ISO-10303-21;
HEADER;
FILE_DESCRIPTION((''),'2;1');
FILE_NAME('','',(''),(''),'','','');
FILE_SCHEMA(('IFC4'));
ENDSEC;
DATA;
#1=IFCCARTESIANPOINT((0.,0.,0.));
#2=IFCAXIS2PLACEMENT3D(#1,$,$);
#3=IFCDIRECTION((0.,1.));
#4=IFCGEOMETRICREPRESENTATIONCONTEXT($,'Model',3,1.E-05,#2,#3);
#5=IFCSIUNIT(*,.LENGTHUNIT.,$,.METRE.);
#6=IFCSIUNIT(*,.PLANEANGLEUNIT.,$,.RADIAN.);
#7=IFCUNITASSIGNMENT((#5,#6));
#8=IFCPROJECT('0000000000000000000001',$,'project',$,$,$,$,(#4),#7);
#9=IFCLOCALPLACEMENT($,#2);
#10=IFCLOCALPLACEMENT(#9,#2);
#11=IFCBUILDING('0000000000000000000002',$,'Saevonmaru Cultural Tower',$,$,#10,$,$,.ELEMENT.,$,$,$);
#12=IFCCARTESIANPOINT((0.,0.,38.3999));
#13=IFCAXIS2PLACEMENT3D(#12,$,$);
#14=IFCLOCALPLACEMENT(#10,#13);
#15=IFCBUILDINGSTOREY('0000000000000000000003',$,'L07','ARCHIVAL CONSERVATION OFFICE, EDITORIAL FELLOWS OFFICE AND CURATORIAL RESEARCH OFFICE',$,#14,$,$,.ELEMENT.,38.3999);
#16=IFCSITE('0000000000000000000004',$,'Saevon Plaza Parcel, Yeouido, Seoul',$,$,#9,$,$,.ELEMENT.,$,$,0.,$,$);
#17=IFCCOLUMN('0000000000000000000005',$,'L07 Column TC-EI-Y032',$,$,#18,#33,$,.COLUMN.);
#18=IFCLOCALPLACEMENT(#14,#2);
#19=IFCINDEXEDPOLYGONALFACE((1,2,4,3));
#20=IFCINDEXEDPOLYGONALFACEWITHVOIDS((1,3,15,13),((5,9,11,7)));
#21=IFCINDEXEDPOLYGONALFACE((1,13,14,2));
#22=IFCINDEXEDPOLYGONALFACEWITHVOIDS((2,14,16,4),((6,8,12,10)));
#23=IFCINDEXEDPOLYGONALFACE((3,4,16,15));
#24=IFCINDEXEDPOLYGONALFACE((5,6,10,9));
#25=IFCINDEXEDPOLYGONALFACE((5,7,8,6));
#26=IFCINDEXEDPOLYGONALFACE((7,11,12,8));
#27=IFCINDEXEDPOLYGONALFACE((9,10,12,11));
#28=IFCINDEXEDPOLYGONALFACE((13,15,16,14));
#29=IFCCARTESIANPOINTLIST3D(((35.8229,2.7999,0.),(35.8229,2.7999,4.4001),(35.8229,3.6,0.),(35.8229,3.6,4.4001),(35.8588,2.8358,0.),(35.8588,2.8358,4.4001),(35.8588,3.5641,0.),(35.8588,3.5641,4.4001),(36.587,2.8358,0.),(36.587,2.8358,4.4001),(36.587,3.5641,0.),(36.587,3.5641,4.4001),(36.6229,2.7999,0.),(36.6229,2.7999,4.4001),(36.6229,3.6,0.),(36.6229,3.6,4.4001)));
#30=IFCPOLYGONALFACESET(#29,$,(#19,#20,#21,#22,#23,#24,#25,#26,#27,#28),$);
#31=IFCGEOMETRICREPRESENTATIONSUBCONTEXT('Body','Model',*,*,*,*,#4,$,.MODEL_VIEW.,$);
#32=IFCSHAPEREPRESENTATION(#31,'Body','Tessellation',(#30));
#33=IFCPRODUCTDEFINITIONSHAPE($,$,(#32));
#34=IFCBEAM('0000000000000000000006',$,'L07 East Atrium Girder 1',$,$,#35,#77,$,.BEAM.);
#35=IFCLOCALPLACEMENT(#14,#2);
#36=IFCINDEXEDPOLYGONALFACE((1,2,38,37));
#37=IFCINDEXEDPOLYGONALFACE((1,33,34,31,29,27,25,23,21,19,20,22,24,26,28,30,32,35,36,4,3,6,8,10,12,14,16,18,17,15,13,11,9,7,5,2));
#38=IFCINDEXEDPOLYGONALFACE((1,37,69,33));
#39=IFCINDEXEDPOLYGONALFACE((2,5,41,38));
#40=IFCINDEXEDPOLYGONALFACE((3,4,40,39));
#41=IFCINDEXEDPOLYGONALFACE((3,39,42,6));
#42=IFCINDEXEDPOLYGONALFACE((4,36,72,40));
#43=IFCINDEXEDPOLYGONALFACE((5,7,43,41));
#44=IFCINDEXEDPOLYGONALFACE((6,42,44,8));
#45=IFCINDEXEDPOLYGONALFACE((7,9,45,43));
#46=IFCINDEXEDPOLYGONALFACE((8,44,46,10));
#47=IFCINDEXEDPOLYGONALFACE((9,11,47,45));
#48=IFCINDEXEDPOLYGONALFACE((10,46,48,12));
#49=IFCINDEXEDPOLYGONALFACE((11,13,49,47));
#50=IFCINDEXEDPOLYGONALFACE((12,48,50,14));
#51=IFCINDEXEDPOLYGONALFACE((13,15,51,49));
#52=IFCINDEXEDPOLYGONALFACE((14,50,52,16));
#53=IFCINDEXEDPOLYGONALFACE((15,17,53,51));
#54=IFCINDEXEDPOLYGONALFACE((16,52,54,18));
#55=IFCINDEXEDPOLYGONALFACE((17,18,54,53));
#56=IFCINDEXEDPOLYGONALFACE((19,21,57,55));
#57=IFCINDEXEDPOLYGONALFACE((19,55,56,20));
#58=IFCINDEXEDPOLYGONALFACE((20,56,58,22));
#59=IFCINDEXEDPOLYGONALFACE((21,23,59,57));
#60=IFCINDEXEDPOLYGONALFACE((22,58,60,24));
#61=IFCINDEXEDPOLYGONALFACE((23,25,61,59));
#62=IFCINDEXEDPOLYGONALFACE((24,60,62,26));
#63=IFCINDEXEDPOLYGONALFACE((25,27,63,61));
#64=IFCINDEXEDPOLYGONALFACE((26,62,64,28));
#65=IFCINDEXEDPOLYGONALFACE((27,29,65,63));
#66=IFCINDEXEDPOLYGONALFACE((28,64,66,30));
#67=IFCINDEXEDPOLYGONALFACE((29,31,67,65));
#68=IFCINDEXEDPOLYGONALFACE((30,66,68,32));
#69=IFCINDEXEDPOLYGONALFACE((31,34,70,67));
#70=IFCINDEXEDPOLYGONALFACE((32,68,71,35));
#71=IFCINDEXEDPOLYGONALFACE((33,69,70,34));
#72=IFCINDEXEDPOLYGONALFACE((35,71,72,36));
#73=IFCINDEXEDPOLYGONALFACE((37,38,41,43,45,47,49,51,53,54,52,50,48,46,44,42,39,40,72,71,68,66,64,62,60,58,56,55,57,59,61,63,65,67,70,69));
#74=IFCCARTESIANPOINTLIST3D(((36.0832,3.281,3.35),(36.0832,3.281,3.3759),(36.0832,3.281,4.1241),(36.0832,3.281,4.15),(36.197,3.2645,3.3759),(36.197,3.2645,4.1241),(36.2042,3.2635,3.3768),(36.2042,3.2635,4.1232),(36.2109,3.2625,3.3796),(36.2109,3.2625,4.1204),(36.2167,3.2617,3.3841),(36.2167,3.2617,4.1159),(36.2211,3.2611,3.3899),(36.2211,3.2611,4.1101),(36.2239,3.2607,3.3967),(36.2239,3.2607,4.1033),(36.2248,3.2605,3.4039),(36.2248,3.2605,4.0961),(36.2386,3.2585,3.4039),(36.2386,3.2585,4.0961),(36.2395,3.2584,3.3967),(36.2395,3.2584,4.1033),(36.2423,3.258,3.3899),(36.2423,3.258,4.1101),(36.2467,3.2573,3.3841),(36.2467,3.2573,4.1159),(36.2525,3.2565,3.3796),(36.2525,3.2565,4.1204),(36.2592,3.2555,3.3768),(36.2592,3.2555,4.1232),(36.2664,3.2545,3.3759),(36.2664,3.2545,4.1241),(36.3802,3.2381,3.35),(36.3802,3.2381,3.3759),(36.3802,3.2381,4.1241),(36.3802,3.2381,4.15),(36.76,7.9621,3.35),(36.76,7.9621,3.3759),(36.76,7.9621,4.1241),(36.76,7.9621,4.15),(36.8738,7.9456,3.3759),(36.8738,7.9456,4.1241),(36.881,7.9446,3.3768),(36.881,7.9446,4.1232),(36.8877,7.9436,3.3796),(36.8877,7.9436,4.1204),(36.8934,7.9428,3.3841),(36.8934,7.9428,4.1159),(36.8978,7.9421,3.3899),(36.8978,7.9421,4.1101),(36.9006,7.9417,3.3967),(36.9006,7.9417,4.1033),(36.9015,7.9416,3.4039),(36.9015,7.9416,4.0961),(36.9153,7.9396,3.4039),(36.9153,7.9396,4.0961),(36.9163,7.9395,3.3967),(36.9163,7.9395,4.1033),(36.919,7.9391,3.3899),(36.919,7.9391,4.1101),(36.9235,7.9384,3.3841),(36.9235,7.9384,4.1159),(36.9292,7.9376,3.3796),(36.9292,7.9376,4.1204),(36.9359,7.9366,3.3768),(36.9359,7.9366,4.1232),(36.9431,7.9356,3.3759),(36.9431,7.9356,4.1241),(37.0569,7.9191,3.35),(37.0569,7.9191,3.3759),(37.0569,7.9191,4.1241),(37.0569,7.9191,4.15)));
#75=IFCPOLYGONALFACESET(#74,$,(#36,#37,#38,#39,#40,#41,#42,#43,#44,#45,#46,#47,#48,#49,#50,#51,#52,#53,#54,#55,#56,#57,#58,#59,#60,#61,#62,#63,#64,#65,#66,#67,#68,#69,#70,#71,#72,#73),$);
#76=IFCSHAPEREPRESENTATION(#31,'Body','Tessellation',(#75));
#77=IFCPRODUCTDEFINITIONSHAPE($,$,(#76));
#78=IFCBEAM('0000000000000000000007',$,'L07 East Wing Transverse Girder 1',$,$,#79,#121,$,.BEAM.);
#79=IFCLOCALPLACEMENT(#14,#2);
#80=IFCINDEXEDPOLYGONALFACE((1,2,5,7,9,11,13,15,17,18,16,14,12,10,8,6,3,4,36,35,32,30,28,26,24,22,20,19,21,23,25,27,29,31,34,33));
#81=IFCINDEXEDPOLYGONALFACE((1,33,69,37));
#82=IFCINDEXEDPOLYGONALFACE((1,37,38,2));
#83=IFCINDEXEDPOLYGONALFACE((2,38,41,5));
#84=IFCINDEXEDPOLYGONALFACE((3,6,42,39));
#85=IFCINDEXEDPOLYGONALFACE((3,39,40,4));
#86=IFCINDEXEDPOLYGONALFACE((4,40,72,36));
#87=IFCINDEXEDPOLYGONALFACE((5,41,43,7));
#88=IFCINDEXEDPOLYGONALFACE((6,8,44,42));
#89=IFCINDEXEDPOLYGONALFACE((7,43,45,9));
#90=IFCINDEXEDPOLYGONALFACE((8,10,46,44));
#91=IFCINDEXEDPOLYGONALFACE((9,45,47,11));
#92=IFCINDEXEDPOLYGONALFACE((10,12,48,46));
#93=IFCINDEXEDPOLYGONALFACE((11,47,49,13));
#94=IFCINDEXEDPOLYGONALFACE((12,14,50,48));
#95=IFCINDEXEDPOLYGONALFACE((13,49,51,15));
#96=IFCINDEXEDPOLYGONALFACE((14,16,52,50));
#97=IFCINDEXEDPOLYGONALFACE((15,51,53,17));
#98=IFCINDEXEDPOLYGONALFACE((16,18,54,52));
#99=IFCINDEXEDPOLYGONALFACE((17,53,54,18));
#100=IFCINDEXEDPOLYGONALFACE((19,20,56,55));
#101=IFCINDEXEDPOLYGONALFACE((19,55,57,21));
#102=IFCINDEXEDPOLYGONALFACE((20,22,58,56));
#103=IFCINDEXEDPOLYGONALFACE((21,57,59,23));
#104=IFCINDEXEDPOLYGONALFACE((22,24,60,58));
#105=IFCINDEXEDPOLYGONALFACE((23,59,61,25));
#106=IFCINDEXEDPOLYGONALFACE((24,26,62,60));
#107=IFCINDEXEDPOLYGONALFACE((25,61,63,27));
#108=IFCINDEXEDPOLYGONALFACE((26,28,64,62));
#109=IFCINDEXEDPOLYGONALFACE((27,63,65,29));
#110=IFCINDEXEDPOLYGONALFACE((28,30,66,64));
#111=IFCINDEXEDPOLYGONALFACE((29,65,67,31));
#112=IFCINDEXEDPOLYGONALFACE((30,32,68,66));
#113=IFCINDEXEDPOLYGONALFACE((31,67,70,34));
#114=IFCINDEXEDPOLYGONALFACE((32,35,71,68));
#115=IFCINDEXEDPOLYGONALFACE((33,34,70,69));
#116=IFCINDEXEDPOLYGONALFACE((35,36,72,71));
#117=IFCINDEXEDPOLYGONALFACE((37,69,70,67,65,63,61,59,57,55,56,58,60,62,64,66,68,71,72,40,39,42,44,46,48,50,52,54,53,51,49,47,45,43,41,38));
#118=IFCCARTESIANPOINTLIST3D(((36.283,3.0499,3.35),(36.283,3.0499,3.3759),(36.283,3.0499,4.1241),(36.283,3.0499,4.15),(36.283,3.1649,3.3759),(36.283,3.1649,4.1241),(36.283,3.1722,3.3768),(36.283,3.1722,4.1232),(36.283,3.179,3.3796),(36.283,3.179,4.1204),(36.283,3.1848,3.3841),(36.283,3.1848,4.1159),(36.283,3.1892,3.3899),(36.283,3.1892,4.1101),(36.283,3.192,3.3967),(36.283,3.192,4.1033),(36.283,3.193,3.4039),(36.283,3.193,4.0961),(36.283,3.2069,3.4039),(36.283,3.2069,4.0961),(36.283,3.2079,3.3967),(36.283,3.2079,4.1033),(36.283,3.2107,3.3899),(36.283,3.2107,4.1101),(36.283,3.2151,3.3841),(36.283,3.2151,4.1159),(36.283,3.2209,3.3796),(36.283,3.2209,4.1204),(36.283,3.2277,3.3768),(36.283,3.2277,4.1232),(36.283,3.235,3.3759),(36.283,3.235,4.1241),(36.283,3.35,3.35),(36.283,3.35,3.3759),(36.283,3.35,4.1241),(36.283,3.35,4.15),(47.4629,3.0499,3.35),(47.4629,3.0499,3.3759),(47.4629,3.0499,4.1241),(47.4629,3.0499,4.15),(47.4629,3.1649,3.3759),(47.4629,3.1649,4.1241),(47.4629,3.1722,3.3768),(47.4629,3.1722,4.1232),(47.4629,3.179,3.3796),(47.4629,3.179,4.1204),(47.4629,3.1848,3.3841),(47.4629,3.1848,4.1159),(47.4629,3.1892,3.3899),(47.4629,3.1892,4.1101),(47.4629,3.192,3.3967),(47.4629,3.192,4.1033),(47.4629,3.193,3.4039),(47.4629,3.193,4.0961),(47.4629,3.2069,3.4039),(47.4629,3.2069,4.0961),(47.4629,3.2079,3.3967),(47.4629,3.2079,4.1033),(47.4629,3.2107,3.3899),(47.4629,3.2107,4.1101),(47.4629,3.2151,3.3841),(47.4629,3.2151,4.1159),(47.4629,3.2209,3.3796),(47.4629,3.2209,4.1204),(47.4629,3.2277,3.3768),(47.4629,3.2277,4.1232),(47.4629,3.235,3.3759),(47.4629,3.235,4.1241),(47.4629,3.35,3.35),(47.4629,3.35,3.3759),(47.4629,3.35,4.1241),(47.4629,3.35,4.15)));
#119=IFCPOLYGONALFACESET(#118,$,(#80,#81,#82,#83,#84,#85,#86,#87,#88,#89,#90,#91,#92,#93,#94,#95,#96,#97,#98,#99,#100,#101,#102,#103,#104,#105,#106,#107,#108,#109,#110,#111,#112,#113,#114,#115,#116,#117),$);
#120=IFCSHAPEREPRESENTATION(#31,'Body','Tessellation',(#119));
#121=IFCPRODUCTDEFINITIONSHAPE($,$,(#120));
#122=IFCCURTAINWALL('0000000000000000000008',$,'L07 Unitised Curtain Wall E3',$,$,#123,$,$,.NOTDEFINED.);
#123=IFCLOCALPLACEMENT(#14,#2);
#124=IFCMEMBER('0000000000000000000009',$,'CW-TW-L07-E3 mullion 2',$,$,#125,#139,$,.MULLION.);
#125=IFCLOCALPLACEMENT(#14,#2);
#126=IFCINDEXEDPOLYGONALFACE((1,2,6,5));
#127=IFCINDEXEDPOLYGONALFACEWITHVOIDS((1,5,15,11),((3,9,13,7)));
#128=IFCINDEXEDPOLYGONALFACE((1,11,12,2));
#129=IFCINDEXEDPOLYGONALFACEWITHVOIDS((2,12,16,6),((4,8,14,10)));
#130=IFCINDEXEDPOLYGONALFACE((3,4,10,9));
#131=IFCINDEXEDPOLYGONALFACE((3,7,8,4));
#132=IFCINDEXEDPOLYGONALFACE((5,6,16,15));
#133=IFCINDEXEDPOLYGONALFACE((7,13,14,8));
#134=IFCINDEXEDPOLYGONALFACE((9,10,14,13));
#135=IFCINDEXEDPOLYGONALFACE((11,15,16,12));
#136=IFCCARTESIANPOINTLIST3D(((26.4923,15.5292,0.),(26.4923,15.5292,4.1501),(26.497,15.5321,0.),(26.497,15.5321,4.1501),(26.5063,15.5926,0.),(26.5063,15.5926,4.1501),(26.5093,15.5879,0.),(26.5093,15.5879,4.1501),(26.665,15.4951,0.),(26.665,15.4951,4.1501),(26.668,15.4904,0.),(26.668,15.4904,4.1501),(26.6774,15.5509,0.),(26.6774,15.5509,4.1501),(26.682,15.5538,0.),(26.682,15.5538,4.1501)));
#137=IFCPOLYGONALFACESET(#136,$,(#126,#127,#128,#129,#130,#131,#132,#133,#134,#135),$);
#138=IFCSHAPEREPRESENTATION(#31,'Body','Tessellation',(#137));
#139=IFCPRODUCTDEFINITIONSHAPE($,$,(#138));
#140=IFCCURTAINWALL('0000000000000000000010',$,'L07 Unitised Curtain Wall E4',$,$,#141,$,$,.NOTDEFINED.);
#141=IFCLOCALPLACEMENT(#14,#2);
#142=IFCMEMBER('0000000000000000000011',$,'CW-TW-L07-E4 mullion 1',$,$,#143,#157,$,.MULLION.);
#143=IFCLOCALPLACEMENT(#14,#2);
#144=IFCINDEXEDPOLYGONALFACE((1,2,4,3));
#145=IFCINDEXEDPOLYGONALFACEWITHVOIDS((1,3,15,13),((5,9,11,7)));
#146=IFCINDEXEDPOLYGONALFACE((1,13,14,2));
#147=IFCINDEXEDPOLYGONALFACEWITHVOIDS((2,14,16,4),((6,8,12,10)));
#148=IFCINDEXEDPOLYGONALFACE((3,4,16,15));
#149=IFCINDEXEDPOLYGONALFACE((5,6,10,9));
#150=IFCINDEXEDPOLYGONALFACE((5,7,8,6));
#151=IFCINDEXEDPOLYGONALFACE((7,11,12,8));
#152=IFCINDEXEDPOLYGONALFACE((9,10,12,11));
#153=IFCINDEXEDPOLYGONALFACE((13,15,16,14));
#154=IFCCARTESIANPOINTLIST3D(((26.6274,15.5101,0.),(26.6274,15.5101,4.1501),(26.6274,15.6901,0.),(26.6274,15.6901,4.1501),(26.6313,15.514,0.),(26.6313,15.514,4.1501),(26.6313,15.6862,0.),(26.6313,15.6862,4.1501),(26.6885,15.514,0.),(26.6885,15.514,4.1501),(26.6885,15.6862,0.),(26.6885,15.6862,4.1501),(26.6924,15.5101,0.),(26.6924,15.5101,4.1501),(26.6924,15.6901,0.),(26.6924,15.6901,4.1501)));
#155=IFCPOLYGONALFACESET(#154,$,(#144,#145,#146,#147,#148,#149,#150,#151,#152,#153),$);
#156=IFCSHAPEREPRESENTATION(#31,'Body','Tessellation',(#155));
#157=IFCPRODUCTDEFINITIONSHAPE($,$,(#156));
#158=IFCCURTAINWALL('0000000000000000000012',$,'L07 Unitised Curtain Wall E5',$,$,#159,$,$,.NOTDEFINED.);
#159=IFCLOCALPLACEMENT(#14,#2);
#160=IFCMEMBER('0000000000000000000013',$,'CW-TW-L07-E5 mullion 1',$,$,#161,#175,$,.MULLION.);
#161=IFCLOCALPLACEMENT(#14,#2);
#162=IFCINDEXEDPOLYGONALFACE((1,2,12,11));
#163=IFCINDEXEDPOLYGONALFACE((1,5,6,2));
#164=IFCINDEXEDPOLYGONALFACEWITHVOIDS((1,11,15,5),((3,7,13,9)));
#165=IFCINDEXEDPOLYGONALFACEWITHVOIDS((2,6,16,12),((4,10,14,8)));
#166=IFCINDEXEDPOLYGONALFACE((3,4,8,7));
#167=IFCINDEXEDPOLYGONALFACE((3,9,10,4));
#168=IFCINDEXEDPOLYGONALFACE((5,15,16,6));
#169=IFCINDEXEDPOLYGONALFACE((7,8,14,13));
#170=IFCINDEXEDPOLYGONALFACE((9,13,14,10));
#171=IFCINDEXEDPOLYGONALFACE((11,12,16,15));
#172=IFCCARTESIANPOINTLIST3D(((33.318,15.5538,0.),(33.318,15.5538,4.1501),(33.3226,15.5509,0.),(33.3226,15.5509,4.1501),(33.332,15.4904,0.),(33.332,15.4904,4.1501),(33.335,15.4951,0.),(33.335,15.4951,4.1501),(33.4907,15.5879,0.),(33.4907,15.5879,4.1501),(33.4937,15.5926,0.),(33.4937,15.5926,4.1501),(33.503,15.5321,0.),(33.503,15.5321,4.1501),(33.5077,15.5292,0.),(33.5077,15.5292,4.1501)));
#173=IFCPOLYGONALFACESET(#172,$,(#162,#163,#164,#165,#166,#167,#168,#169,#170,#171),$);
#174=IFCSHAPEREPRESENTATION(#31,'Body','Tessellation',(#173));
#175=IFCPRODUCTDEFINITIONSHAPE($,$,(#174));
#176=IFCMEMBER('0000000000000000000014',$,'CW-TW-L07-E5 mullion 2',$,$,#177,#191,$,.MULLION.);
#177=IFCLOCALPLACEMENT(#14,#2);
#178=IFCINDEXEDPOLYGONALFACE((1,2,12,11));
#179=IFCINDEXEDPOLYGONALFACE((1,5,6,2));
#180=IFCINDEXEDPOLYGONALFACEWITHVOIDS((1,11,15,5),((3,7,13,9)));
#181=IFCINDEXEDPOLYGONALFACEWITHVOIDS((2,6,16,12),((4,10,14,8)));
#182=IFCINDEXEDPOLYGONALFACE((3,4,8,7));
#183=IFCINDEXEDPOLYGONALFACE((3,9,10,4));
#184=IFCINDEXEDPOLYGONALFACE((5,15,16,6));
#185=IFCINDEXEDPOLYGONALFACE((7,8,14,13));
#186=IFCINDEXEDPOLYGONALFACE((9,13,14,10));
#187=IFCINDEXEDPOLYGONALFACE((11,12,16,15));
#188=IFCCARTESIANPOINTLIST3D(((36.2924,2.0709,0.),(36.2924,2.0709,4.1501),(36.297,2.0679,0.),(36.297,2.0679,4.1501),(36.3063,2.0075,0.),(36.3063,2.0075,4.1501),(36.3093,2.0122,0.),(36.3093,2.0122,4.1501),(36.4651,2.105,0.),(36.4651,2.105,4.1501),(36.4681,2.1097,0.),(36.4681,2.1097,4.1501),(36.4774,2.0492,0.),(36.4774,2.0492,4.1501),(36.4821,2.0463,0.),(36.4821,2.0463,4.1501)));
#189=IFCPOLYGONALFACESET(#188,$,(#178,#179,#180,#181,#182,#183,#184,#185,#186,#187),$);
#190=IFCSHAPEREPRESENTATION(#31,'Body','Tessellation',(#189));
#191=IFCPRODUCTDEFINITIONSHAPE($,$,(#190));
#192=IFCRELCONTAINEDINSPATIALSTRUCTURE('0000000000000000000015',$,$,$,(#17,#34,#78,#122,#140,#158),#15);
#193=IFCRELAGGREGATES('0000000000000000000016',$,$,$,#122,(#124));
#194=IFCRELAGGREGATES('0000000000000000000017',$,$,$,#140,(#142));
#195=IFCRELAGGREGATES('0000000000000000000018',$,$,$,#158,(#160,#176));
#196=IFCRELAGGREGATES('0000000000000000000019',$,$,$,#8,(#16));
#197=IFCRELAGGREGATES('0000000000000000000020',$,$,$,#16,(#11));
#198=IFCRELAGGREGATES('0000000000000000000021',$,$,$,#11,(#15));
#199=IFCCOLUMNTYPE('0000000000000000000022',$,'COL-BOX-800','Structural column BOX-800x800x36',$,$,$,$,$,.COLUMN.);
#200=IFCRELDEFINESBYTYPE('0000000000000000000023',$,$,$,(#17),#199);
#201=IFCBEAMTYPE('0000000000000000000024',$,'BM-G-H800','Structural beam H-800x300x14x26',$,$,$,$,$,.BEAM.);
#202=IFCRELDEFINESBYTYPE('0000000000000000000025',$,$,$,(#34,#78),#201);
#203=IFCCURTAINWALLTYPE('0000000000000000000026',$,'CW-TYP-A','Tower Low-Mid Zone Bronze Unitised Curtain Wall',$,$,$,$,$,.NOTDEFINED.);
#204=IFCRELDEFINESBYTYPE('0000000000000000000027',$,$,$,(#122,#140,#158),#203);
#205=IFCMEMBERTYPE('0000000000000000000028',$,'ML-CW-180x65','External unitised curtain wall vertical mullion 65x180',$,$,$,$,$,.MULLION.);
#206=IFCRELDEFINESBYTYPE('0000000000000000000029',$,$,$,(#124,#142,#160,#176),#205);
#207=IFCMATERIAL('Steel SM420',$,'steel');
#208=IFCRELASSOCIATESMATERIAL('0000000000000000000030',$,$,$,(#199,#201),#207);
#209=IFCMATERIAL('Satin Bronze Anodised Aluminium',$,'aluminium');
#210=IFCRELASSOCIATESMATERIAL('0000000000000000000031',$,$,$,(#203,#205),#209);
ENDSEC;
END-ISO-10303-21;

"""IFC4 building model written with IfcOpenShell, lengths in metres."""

from ifc_helpers import new_model, si_unit, direction, frame, origin, origin_2d, place, context, subcontext, project, spatial, hollow_rectangle, i_section, extrude, material, material_profile, profile_set, type_object, element, aggregate, save


model = new_model("IFC4")

# Units and contexts
model_context = context("Model", 3, precision=1e-05, world=origin(), true_north=direction((0.0, 1.0)))
body_context = subcontext(model_context, "Body", "Model", "MODEL_VIEW")
ifc_project = project(units=[si_unit("LENGTHUNIT", "METRE"), si_unit("PLANEANGLEUNIT", "RADIAN")], contexts=[model_context])

# Site, building, storey
site_placement = place(None, origin())
site = spatial("IfcSite", under=ifc_project, at=site_placement, Name="Saevon Plaza Parcel, Yeouido, Seoul", CompositionType="ELEMENT", RefElevation=0.0)
building_placement = place(site_placement, origin())
building = spatial("IfcBuilding", under=site, at=building_placement, Name="Saevonmaru Cultural Tower", CompositionType="ELEMENT")
storey_placement = place(building_placement, frame((0.0, 0.0, 38.3999)))
storey = spatial("IfcBuildingStorey", under=building, at=storey_placement, Name="L07", Description="ARCHIVAL CONSERVATION OFFICE, EDITORIAL FELLOWS OFFICE AND CURATORIAL RESEARCH OFFICE", CompositionType="ELEMENT", Elevation=38.3999)

# Column
ifc_material_1 = material(Name="Steel SM420", Category="steel")
ifc_material_profile_1 = material_profile(ifc_material_1, hollow_rectangle(XDim=0.8, YDim=0.8, WallThickness=0.0359, at=origin_2d()), Name="BOX-800x800x36")
ifc_profile_set_1 = profile_set([ifc_material_profile_1], Name="Steel SM420")
column_type = type_object("IfcColumnType", Name="COL-BOX-800", Description="Structural column BOX-800x800x36", PredefinedType="COLUMN", material=ifc_profile_set_1)
column_placement = place(storey_placement, frame((36.2229, 3.2, 0.0), z_axis=(0.0, 0.0, 1.0), x_axis=(1.0, 0.0, 0.0)))
element("IfcColumn", 1, at=column_placement, inside=storey, type_object=column_type, Name="L07 Column TC-EI-Y032", PredefinedType="COLUMN", context=body_context, shape_type="SweptSolid", body=[
    extrude(hollow_rectangle(XDim=0.8, YDim=0.8, WallThickness=0.0359, at=origin_2d()), origin(), (0.0, 0.0, 1.0), 4.4001),
])

# Beams
ifc_material_profile_2 = material_profile(ifc_material_1, i_section(OverallWidth=0.3, OverallDepth=0.8, WebThickness=0.0139, FlangeThickness=0.0259, FilletRadius=0.0281, at=origin_2d()), Name="H-800x300x14x26")
ifc_profile_set_2 = profile_set([ifc_material_profile_2], Name="Steel SM420")
beam_type = type_object("IfcBeamType", Name="BM-G-H800", Description="Structural beam H-800x300x14x26", PredefinedType="BEAM", material=ifc_profile_set_2)
beam_1_placement = place(storey_placement, frame((36.2317, 3.2595, 3.75), z_axis=(0.143083, 0.989711, 0.0), x_axis=(-0.989711, 0.143083, 0.0)))
element("IfcBeam", 2, at=beam_1_placement, inside=storey, type_object=beam_type, Name="L07 East Atrium Girder 1", PredefinedType="BEAM", context=body_context, shape_type="SweptSolid", body=[
    extrude(i_section(OverallWidth=0.3, OverallDepth=0.8, WebThickness=0.0139, FlangeThickness=0.0259, FilletRadius=0.0281, at=origin_2d()), origin(), (0.0, 0.0, 1.0), 4.7297),
])
beam_2_placement = place(storey_placement, frame((36.283, 3.2, 3.75), z_axis=(1.0, 0.0, 0.0), x_axis=(0.0, 1.0, 0.0)))
element("IfcBeam", 3, at=beam_2_placement, inside=storey, type_object=beam_type, Name="L07 East Wing Transverse Girder 1", PredefinedType="BEAM", context=body_context, shape_type="SweptSolid", body=[
    extrude(i_section(OverallWidth=0.3, OverallDepth=0.8, WebThickness=0.0139, FlangeThickness=0.0259, FilletRadius=0.0281, at=origin_2d()), origin(), (0.0, 0.0, 1.0), 11.1799),
])

# Curtain walls, members
ifc_material_2 = material(Name="Satin Bronze Anodised Aluminium", Category="aluminium")
curtain_wall_type = type_object("IfcCurtainWallType", Name="CW-TYP-A", Description="Tower Low-Mid Zone Bronze Unitised Curtain Wall", PredefinedType="NOTDEFINED", material=ifc_material_2)
curtain_wall_1_placement = place(storey_placement, origin())
curtain_wall_1 = element("IfcCurtainWall", 4, at=curtain_wall_1_placement, inside=storey, type_object=curtain_wall_type, Name="L07 Unitised Curtain Wall E3", PredefinedType="NOTDEFINED")
ifc_material_profile_3 = material_profile(ifc_material_2, hollow_rectangle(XDim=0.0649, YDim=0.1799, WallThickness=0.0039, at=origin_2d()), Name="ALU-MULL-180x65x4")
ifc_profile_set_3 = profile_set([ifc_material_profile_3], Name="Satin Bronze Anodised Aluminium")
member_type_1 = type_object("IfcMemberType", Name="ML-CW-180x65", Description="External unitised curtain wall vertical mullion 65x180", PredefinedType="MULLION", material=ifc_profile_set_3)
member_1_placement = place(storey_placement, frame((26.5872, 15.5415, 0.0), z_axis=(0.0, 0.0, 1.0), x_axis=(0.215413, 0.976523, 0.0)))
member_1 = element("IfcMember", 5, at=member_1_placement, type_object=member_type_1, Name="CW-TW-L07-E3 mullion 2", PredefinedType="MULLION", context=body_context, shape_type="SweptSolid", body=[
    extrude(hollow_rectangle(XDim=0.0649, YDim=0.1799, WallThickness=0.0039, at=origin_2d()), origin(), (0.0, 0.0, 1.0), 4.1501),
])
aggregate(curtain_wall_1, [member_1])
curtain_wall_2_placement = place(storey_placement, origin())
curtain_wall_2 = element("IfcCurtainWall", 6, at=curtain_wall_2_placement, inside=storey, type_object=curtain_wall_type, Name="L07 Unitised Curtain Wall E4", PredefinedType="NOTDEFINED")
member_2_placement = place(storey_placement, frame((26.6599, 15.6001, 0.0), z_axis=(0.0, 0.0, 1.0), x_axis=(1.0, 0.0, 0.0)))
member_2 = element("IfcMember", 7, at=member_2_placement, type_object=member_type_1, Name="CW-TW-L07-E4 mullion 1", PredefinedType="MULLION", context=body_context, shape_type="SweptSolid", body=[
    extrude(hollow_rectangle(XDim=0.0649, YDim=0.1799, WallThickness=0.0039, at=origin_2d()), origin(), (0.0, 0.0, 1.0), 4.1501),
])

# Curtain wall, members
curtain_wall_3_placement = place(storey_placement, origin())
curtain_wall_3 = element("IfcCurtainWall", 8, at=curtain_wall_3_placement, inside=storey, type_object=curtain_wall_type, Name="L07 Unitised Curtain Wall E5", PredefinedType="NOTDEFINED")
member_3_placement = place(storey_placement, frame((33.4128, 15.5415, 0.0), z_axis=(0.0, 0.0, 1.0), x_axis=(0.215413, -0.976523, 0.0)))
member_3 = element("IfcMember", 9, at=member_3_placement, type_object=member_type_1, Name="CW-TW-L07-E5 mullion 1", PredefinedType="MULLION", context=body_context, shape_type="SweptSolid", body=[
    extrude(hollow_rectangle(XDim=0.0649, YDim=0.1799, WallThickness=0.0039, at=origin_2d()), origin(), (0.0, 0.0, 1.0), 4.1501),
])
member_4_placement = place(storey_placement, frame((36.3872, 2.0586, 0.0), z_axis=(0.0, 0.0, 1.0), x_axis=(0.215413, -0.976523, 0.0)))
member_4 = element("IfcMember", 10, at=member_4_placement, type_object=member_type_1, Name="CW-TW-L07-E5 mullion 2", PredefinedType="MULLION", context=body_context, shape_type="SweptSolid", body=[
    extrude(hollow_rectangle(XDim=0.0649, YDim=0.1799, WallThickness=0.0039, at=origin_2d()), origin(), (0.0, 0.0, 1.0), 4.1501),
])

aggregate(curtain_wall_2, [member_2])

aggregate(curtain_wall_3, [member_3, member_4])

save(model, "model.ifc")
